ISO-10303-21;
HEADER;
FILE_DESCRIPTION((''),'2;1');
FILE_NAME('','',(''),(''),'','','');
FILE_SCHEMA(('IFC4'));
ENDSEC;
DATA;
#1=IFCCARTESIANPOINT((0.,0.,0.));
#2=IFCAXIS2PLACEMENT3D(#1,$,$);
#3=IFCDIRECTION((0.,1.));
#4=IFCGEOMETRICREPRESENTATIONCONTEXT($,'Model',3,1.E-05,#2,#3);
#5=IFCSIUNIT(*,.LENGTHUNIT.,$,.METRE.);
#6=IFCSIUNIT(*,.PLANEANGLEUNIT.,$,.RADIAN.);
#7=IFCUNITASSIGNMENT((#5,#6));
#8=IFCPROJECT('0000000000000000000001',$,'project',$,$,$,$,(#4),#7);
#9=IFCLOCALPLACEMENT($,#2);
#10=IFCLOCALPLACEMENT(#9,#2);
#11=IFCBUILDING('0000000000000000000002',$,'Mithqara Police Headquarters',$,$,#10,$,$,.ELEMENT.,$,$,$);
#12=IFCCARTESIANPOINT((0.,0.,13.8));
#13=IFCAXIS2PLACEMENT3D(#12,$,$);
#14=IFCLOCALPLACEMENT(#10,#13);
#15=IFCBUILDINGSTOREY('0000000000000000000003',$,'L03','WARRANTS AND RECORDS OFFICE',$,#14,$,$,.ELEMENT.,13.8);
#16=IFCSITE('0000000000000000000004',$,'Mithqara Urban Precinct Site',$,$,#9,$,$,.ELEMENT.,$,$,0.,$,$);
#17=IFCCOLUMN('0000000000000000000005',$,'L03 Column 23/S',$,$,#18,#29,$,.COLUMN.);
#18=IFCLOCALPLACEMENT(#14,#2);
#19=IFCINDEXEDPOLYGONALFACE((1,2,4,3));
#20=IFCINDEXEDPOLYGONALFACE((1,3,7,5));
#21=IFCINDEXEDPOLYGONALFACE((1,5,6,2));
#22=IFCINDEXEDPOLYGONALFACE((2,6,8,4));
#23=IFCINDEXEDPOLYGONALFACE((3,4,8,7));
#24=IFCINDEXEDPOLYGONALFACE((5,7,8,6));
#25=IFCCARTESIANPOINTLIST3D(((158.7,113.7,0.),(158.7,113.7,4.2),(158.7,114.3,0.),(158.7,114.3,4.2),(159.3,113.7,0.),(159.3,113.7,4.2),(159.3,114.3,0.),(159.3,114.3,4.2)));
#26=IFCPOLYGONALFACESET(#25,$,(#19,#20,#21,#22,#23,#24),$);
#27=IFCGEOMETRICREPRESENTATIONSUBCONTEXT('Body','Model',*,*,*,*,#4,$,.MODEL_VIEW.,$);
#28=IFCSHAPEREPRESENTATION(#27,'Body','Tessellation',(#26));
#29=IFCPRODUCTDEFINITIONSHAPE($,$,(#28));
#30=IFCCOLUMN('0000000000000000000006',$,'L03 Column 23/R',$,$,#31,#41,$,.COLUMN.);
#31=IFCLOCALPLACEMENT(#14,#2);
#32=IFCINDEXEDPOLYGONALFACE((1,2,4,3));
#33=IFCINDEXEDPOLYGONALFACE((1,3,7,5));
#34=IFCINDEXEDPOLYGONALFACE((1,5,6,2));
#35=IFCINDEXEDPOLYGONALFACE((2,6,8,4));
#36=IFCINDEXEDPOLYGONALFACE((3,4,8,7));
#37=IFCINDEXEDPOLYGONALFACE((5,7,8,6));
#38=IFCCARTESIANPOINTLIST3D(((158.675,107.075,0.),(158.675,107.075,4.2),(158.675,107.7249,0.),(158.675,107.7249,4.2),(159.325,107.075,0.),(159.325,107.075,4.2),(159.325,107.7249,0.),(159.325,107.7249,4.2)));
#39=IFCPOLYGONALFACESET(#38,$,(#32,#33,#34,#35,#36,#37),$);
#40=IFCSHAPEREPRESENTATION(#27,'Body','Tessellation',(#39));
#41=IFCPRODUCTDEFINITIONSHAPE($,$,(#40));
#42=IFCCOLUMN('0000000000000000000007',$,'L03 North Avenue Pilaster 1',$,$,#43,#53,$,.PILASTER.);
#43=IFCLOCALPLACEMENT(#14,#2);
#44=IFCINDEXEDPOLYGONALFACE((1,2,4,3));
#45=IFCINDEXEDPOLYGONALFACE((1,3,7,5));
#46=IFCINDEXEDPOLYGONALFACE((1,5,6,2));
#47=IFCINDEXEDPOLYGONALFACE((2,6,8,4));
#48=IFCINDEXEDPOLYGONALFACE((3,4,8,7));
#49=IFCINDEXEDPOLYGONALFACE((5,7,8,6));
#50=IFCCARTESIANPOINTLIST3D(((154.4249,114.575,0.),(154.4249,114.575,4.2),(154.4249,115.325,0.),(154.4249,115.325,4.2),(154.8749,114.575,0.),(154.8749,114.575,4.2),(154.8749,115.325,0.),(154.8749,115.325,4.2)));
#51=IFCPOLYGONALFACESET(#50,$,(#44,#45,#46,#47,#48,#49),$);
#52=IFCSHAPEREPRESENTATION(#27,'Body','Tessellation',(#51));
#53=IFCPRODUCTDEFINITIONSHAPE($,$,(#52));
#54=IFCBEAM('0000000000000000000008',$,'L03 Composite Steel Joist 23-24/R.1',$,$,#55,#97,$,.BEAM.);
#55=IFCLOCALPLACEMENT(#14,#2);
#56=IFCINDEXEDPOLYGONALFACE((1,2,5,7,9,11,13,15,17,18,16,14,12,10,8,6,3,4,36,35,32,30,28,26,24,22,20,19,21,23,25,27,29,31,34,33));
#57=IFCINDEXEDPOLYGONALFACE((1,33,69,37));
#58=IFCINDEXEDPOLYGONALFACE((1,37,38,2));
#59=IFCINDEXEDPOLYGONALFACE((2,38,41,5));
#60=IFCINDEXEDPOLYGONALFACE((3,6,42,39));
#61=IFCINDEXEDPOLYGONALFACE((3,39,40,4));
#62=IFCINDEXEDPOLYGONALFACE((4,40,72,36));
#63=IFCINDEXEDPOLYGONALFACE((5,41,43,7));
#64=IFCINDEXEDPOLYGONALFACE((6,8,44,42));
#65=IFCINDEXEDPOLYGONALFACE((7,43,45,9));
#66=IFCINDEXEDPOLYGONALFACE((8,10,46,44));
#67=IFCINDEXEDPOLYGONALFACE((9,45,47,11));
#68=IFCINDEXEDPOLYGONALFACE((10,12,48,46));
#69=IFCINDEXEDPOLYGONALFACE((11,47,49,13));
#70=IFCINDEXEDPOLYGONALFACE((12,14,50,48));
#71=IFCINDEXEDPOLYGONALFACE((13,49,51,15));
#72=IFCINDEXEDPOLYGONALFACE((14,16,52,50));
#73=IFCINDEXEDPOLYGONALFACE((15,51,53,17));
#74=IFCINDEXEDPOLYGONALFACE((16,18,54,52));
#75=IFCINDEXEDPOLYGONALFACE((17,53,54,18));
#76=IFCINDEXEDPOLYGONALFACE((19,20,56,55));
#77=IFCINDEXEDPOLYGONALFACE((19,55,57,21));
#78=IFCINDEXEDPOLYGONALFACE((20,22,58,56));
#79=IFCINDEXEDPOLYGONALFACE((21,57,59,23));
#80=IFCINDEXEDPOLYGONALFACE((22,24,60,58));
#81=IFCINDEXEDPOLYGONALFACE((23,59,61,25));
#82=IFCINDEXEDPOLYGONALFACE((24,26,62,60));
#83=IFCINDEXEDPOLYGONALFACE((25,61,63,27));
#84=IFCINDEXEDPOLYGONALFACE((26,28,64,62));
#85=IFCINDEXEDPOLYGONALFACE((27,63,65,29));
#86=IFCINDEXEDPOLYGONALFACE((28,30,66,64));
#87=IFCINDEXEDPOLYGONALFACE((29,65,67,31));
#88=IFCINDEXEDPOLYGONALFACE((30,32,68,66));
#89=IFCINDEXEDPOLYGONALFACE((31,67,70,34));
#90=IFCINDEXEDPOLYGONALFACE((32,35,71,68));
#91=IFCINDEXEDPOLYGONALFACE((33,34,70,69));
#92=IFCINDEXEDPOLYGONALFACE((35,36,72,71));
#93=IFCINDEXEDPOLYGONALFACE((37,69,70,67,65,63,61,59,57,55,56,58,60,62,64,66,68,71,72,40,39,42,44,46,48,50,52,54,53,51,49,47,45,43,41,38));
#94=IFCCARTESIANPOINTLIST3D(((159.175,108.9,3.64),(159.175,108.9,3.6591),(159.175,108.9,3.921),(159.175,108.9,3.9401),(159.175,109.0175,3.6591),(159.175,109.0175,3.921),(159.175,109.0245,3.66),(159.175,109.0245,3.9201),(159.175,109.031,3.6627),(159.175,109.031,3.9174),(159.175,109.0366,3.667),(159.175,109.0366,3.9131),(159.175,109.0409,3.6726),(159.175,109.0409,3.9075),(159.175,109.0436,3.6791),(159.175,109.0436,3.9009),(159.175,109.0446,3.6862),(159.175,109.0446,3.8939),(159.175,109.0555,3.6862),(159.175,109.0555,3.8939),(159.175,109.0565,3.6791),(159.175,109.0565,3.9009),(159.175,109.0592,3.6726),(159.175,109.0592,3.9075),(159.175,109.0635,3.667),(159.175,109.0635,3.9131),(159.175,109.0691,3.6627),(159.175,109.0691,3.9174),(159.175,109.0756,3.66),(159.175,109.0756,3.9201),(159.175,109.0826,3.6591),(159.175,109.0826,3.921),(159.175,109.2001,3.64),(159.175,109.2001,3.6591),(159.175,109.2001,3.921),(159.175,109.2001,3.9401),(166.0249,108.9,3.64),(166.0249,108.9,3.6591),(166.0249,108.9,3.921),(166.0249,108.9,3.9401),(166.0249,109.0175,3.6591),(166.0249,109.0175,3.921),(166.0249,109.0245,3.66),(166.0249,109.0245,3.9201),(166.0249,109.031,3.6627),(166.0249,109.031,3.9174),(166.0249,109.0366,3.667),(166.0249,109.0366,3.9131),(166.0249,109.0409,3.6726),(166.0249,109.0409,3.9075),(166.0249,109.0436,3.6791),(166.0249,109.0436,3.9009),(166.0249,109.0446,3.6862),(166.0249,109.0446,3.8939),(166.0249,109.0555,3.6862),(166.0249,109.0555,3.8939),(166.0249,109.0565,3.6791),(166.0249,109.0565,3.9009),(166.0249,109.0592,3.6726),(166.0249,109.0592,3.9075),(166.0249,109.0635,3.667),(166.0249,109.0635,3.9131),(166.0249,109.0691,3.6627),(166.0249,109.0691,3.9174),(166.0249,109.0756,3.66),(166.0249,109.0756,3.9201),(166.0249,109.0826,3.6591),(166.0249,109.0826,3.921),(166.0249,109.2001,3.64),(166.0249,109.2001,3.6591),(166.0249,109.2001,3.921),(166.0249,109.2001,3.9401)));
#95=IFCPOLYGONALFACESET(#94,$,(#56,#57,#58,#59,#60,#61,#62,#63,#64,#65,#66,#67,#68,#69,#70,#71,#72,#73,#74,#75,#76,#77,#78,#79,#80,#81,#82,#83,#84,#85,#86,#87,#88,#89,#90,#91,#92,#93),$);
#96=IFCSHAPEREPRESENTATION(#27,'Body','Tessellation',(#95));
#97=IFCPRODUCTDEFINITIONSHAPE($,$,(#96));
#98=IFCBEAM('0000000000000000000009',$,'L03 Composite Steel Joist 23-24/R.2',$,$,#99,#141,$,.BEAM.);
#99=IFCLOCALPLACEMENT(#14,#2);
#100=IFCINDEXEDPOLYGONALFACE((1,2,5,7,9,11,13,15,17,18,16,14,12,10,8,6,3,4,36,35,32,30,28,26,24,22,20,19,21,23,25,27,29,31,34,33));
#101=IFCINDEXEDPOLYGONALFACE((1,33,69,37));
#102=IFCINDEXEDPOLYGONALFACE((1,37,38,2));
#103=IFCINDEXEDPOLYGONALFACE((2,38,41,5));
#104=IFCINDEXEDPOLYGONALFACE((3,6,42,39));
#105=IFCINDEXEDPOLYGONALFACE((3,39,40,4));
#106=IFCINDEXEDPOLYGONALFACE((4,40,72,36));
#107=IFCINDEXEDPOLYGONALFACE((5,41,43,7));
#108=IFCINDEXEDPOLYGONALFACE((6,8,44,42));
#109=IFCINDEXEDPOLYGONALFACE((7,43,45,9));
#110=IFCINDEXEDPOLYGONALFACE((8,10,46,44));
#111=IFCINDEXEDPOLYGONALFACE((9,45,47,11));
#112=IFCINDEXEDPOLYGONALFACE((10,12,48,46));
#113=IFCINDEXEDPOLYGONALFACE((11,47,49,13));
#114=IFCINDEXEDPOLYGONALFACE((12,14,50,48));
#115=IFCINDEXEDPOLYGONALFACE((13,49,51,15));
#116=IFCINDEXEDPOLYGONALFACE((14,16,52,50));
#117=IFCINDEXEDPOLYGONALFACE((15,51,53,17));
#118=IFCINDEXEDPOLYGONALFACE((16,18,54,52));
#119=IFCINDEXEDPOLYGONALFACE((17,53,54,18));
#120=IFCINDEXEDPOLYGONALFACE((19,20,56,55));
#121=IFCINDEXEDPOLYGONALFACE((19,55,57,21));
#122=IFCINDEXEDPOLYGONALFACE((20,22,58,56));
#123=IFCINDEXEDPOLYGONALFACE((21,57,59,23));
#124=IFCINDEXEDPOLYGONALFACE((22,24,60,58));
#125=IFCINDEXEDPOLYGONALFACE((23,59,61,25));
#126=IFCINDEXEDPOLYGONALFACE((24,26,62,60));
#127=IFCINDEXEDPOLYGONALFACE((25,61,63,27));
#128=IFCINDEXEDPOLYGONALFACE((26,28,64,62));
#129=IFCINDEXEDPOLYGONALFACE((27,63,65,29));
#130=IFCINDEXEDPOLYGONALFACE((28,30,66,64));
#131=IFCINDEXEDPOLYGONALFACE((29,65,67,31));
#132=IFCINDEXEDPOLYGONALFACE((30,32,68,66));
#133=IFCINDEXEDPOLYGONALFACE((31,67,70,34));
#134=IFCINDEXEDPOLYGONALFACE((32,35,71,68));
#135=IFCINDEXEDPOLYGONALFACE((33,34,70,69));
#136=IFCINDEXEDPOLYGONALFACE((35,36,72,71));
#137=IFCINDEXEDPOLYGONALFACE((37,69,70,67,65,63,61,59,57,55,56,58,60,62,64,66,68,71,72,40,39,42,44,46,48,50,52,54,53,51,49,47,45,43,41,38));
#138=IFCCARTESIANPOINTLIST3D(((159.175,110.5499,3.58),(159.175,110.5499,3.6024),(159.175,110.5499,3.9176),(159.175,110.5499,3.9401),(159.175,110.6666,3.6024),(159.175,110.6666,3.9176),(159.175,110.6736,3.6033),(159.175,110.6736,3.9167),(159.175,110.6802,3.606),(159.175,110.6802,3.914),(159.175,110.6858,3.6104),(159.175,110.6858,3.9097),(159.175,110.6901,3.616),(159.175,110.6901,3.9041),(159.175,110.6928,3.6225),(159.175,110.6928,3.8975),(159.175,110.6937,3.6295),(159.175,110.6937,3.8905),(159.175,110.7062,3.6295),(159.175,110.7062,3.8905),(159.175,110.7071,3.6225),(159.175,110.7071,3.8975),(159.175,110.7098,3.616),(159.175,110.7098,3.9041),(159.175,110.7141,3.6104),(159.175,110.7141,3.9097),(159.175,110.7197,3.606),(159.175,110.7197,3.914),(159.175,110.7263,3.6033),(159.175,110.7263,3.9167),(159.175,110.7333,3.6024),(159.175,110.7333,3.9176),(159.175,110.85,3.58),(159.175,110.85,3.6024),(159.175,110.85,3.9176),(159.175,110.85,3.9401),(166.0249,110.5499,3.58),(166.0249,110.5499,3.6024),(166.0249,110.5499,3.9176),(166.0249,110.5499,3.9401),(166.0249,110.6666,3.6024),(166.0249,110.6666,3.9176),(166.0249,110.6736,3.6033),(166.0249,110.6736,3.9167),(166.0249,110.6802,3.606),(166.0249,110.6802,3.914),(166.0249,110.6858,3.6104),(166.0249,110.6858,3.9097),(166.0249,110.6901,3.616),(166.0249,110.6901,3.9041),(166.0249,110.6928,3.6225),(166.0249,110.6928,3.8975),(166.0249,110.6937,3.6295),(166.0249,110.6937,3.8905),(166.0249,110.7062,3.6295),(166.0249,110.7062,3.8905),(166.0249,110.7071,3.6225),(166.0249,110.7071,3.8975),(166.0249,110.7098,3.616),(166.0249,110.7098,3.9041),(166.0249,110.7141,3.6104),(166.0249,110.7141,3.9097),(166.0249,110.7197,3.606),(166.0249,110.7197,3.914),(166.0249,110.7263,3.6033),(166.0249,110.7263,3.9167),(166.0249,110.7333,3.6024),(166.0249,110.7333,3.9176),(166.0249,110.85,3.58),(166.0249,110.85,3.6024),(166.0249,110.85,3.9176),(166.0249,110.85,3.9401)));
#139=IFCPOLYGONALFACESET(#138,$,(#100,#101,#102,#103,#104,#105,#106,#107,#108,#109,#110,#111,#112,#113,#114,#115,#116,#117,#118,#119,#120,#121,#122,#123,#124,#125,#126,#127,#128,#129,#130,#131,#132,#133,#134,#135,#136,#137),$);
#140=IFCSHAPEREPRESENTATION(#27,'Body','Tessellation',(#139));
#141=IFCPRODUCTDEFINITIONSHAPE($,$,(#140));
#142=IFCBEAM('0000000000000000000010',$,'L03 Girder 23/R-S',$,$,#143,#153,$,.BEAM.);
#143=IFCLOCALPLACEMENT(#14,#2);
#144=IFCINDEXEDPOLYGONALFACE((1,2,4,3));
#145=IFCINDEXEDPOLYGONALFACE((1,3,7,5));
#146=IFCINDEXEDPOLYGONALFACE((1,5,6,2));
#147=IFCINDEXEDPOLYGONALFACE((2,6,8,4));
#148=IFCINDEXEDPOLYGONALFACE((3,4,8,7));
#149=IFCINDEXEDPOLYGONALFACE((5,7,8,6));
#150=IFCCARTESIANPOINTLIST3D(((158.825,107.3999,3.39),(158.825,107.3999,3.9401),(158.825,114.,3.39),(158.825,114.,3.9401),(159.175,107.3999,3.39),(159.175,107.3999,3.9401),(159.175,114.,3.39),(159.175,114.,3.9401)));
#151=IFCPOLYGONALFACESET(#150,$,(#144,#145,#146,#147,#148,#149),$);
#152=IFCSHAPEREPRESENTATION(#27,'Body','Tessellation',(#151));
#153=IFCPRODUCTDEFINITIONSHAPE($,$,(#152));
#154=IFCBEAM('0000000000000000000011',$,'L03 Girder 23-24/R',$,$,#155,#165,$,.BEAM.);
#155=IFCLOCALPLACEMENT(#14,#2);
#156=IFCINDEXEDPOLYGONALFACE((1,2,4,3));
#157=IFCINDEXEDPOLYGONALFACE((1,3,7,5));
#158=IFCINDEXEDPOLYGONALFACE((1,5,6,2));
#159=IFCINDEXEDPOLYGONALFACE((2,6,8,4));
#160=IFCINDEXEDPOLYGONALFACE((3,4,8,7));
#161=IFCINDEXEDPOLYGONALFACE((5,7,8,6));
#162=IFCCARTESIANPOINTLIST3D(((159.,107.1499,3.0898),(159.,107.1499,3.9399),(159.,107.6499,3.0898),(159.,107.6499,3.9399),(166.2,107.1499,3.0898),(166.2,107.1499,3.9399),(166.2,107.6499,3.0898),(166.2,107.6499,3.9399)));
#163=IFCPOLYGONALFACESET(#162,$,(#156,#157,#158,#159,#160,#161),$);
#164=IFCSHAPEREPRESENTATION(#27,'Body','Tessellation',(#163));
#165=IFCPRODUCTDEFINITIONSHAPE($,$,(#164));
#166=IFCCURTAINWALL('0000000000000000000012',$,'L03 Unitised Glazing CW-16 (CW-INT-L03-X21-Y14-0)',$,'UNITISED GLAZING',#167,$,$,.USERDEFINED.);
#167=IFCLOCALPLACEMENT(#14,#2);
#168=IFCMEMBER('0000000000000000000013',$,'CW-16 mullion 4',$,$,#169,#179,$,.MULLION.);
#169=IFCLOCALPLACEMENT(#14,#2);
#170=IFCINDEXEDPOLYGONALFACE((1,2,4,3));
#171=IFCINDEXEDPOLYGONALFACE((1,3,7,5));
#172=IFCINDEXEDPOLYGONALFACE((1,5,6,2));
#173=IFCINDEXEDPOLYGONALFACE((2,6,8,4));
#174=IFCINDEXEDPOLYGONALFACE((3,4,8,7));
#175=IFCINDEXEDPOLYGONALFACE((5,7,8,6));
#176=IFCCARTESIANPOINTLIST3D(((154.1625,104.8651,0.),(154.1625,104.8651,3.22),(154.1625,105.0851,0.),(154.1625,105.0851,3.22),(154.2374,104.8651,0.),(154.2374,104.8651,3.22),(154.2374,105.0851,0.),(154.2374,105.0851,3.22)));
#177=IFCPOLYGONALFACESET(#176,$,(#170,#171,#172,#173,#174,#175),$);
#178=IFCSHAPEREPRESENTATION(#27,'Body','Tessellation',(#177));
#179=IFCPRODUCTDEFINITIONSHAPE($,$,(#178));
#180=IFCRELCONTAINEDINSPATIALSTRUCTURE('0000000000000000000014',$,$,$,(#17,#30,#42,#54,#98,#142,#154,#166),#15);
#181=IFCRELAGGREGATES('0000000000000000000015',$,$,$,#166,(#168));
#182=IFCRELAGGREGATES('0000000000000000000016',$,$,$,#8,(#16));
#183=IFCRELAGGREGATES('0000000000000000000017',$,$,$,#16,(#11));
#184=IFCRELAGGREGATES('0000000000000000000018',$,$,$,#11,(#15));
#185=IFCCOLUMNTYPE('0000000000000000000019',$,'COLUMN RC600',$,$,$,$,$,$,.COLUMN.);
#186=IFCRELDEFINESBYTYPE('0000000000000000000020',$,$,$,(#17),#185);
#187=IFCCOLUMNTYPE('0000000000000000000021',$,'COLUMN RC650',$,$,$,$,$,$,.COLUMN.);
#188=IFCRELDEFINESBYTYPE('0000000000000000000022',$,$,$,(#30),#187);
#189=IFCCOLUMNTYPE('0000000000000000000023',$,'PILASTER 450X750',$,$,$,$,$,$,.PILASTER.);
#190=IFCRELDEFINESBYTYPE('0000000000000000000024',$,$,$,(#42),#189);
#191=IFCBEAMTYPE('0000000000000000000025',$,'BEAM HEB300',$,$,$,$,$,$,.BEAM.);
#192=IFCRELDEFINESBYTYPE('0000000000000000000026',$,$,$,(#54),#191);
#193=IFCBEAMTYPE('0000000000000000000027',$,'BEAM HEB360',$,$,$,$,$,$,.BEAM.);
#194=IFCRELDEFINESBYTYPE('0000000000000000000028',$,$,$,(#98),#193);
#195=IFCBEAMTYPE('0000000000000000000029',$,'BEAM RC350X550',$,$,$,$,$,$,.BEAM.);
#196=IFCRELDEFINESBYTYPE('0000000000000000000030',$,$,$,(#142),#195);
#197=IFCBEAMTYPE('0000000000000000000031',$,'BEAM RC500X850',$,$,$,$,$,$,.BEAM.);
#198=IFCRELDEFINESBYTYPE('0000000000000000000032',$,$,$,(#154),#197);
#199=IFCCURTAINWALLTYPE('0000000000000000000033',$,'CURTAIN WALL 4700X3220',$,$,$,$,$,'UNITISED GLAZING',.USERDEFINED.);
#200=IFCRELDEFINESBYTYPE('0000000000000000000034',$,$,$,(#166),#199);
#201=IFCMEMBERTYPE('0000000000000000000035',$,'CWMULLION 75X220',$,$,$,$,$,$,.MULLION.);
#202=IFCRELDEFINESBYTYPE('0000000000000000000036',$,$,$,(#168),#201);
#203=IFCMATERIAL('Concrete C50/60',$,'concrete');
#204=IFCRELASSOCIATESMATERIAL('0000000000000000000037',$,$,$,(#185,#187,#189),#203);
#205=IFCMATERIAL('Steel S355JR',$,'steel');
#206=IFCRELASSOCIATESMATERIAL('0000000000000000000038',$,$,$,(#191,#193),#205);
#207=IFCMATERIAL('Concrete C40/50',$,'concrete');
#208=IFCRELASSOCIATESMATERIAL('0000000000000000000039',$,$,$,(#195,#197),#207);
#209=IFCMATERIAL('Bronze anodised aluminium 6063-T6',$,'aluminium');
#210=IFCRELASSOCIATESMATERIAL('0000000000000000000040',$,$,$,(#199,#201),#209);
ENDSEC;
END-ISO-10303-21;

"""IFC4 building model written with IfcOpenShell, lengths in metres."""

from ifc_helpers import new_model, si_unit, direction, frame, origin, origin_2d, place, context, subcontext, project, spatial, rectangle, i_section, extrude, material, material_profile, profile_set, type_object, element, aggregate, save


model = new_model("IFC4")

# Units and contexts
model_context = context("Model", 3, precision=1e-05, world=origin(), true_north=direction((0.0, 1.0)))
body_context = subcontext(model_context, "Body", "Model", "MODEL_VIEW")
ifc_project = project(units=[si_unit("LENGTHUNIT", "METRE"), si_unit("PLANEANGLEUNIT", "RADIAN")], contexts=[model_context])

# Site, building, storey
site_placement = place(None, origin())
site = spatial("IfcSite", under=ifc_project, at=site_placement, Name="Mithqara Urban Precinct Site", CompositionType="ELEMENT", RefElevation=0.0)
building_placement = place(site_placement, origin())
building = spatial("IfcBuilding", under=site, at=building_placement, Name="Mithqara Police Headquarters", CompositionType="ELEMENT")
storey_placement = place(building_placement, frame((0.0, 0.0, 13.8)))
storey = spatial("IfcBuildingStorey", under=building, at=storey_placement, Name="L03", Description="WARRANTS AND RECORDS OFFICE", CompositionType="ELEMENT", Elevation=13.8)

# Columns
ifc_material_1 = material(Name="Concrete C50/60", Category="concrete")
ifc_material_profile_1 = material_profile(ifc_material_1, rectangle(XDim=0.6001, YDim=0.6001, at=origin_2d()), Name="RC 600x600")
ifc_profile_set_1 = profile_set([ifc_material_profile_1], Name="Concrete C50/60")
column_type_1 = type_object("IfcColumnType", Name="COLUMN RC600", PredefinedType="COLUMN", material=ifc_profile_set_1)
column_1_placement = place(storey_placement, frame((159.0, 114.0, 0.0), z_axis=(0.0, 0.0, 1.0), x_axis=(1.0, 0.0, 0.0)))
element("IfcColumn", 1, at=column_1_placement, inside=storey, type_object=column_type_1, Name="L03 Column 23/S", PredefinedType="COLUMN", context=body_context, shape_type="SweptSolid", body=[
    extrude(rectangle(XDim=0.6001, YDim=0.6001, at=origin_2d()), origin(), (0.0, 0.0, 1.0), 4.2),
])
ifc_material_profile_2 = material_profile(ifc_material_1, rectangle(XDim=0.6499, YDim=0.6499, at=origin_2d()), Name="RC 650x650")
ifc_profile_set_2 = profile_set([ifc_material_profile_2], Name="Concrete C50/60")
column_type_2 = type_object("IfcColumnType", Name="COLUMN RC650", PredefinedType="COLUMN", material=ifc_profile_set_2)
column_2_placement = place(storey_placement, frame((159.0, 107.3999, 0.0), z_axis=(0.0, 0.0, 1.0), x_axis=(1.0, 0.0, 0.0)))
element("IfcColumn", 2, at=column_2_placement, inside=storey, type_object=column_type_2, Name="L03 Column 23/R", PredefinedType="COLUMN", context=body_context, shape_type="SweptSolid", body=[
    extrude(rectangle(XDim=0.6499, YDim=0.6499, at=origin_2d()), origin(), (0.0, 0.0, 1.0), 4.2),
])
ifc_material_profile_3 = material_profile(ifc_material_1, rectangle(XDim=0.45, YDim=0.75, at=origin_2d()), Name="PIL 450x750")
ifc_profile_set_3 = profile_set([ifc_material_profile_3], Name="Concrete C50/60")
column_type_3 = type_object("IfcColumnType", Name="PILASTER 450X750", PredefinedType="PILASTER", material=ifc_profile_set_3)
column_3_placement = place(storey_placement, frame((154.6499, 114.95, 0.0), z_axis=(0.0, 0.0, 1.0), x_axis=(1.0, 0.0, 0.0)))
element("IfcColumn", 3, at=column_3_placement, inside=storey, type_object=column_type_3, Name="L03 North Avenue Pilaster 1", PredefinedType="PILASTER", context=body_context, shape_type="SweptSolid", body=[
    extrude(rectangle(XDim=0.45, YDim=0.75, at=origin_2d()), origin(), (0.0, 0.0, 1.0), 4.2),
])

# Beams
ifc_material_2 = material(Name="Steel S355JR", Category="steel")
ifc_material_profile_4 = material_profile(ifc_material_2, i_section(OverallWidth=0.3, OverallDepth=0.3, WebThickness=0.011, FlangeThickness=0.019, FilletRadius=0.0271, at=origin_2d()), Name="HEB 300")
ifc_profile_set_4 = profile_set([ifc_material_profile_4], Name="Steel S355JR")
beam_type_1 = type_object("IfcBeamType", Name="BEAM HEB300", PredefinedType="BEAM", material=ifc_profile_set_4)
beam_1_placement = place(storey_placement, frame((159.175, 109.05, 3.79), z_axis=(1.0, 0.0, 0.0), x_axis=(0.0, 1.0, 0.0)))
element("IfcBeam", 4, at=beam_1_placement, inside=storey, type_object=beam_type_1, Name="L03 Composite Steel Joist 23-24/R.1", PredefinedType="BEAM", context=body_context, shape_type="SweptSolid", body=[
    extrude(i_section(OverallWidth=0.3, OverallDepth=0.3, WebThickness=0.011, FlangeThickness=0.019, FilletRadius=0.0271, at=origin_2d()), origin(), (0.0, 0.0, 1.0), 6.8499),
])
ifc_material_profile_5 = material_profile(ifc_material_2, i_section(OverallWidth=0.3, OverallDepth=0.3601, WebThickness=0.0125, FlangeThickness=0.0225, FilletRadius=0.0271, at=origin_2d()), Name="HEB 360")
ifc_profile_set_5 = profile_set([ifc_material_profile_5], Name="Steel S355JR")
beam_type_2 = type_object("IfcBeamType", Name="BEAM HEB360", PredefinedType="BEAM", material=ifc_profile_set_5)
beam_2_placement = place(storey_placement, frame((159.175, 110.7, 3.76), z_axis=(1.0, 0.0, 0.0), x_axis=(0.0, 1.0, 0.0)))
element("IfcBeam", 5, at=beam_2_placement, inside=storey, type_object=beam_type_2, Name="L03 Composite Steel Joist 23-24/R.2", PredefinedType="BEAM", context=body_context, shape_type="SweptSolid", body=[
    extrude(i_section(OverallWidth=0.3, OverallDepth=0.3601, WebThickness=0.0125, FlangeThickness=0.0225, FilletRadius=0.0271, at=origin_2d()), origin(), (0.0, 0.0, 1.0), 6.8499),
])
ifc_material_3 = material(Name="Concrete C40/50", Category="concrete")
ifc_material_profile_6 = material_profile(ifc_material_3, rectangle(XDim=0.3501, YDim=0.55, at=origin_2d()), Name="RC 350x550")
ifc_profile_set_6 = profile_set([ifc_material_profile_6], Name="Concrete C40/50")
beam_type_3 = type_object("IfcBeamType", Name="BEAM RC350X550", PredefinedType="BEAM", material=ifc_profile_set_6)
beam_3_placement = place(storey_placement, frame((159.0, 107.3999, 3.665), z_axis=(0.0, 1.0, 0.0), x_axis=(-1.0, 0.0, 0.0)))
element("IfcBeam", 6, at=beam_3_placement, inside=storey, type_object=beam_type_3, Name="L03 Girder 23/R-S", PredefinedType="BEAM", context=body_context, shape_type="SweptSolid", body=[
    extrude(rectangle(XDim=0.3501, YDim=0.55, at=origin_2d()), origin(), (0.0, 0.0, 1.0), 6.6001),
])
ifc_material_profile_7 = material_profile(ifc_material_3, rectangle(XDim=0.5, YDim=0.8501, at=origin_2d()), Name="RC 500x850")
ifc_profile_set_7 = profile_set([ifc_material_profile_7], Name="Concrete C40/50")
beam_type_4 = type_object("IfcBeamType", Name="BEAM RC500X850", PredefinedType="BEAM", material=ifc_profile_set_7)
beam_4_placement = place(storey_placement, frame((159.0, 107.3999, 3.5149), z_axis=(1.0, 0.0, 0.0), x_axis=(0.0, 1.0, 0.0)))
element("IfcBeam", 7, at=beam_4_placement, inside=storey, type_object=beam_type_4, Name="L03 Girder 23-24/R", PredefinedType="BEAM", context=body_context, shape_type="SweptSolid", body=[
    extrude(rectangle(XDim=0.5, YDim=0.8501, at=origin_2d()), origin(), (0.0, 0.0, 1.0), 7.2),
])

# Curtain wall, member
ifc_material_4 = material(Name="Bronze anodised aluminium 6063-T6", Category="aluminium")
curtain_wall_type = type_object("IfcCurtainWallType", Name="CURTAIN WALL 4700X3220", ElementType="UNITISED GLAZING", PredefinedType="USERDEFINED", material=ifc_material_4)
curtain_wall_placement = place(storey_placement, origin())
curtain_wall = element("IfcCurtainWall", 8, at=curtain_wall_placement, inside=storey, type_object=curtain_wall_type, Name="L03 Unitised Glazing CW-16 (CW-INT-L03-X21-Y14-0)", ObjectType="UNITISED GLAZING", PredefinedType="USERDEFINED")
ifc_material_profile_8 = material_profile(ifc_material_4, rectangle(XDim=0.075, YDim=0.22, at=origin_2d()), Name="CWM 75x220")
ifc_profile_set_8 = profile_set([ifc_material_profile_8], Name="Bronze anodised aluminium 6063-T6")
member_type_1 = type_object("IfcMemberType", Name="CWMULLION 75X220", PredefinedType="MULLION", material=ifc_profile_set_8)
member_1_placement = place(storey_placement, frame((154.2, 104.9751, 0.0), z_axis=(0.0, 0.0, 1.0), x_axis=(-1.0, 0.0, 0.0)))
member_1 = element("IfcMember", 9, at=member_1_placement, type_object=member_type_1, Name="CW-16 mullion 4", PredefinedType="MULLION", context=body_context, shape_type="SweptSolid", body=[
    extrude(rectangle(XDim=0.075, YDim=0.22, at=origin_2d()), origin(), (0.0, 0.0, 1.0), 3.22),
])

aggregate(curtain_wall, [member_1])

save(model, "model.ifc")
